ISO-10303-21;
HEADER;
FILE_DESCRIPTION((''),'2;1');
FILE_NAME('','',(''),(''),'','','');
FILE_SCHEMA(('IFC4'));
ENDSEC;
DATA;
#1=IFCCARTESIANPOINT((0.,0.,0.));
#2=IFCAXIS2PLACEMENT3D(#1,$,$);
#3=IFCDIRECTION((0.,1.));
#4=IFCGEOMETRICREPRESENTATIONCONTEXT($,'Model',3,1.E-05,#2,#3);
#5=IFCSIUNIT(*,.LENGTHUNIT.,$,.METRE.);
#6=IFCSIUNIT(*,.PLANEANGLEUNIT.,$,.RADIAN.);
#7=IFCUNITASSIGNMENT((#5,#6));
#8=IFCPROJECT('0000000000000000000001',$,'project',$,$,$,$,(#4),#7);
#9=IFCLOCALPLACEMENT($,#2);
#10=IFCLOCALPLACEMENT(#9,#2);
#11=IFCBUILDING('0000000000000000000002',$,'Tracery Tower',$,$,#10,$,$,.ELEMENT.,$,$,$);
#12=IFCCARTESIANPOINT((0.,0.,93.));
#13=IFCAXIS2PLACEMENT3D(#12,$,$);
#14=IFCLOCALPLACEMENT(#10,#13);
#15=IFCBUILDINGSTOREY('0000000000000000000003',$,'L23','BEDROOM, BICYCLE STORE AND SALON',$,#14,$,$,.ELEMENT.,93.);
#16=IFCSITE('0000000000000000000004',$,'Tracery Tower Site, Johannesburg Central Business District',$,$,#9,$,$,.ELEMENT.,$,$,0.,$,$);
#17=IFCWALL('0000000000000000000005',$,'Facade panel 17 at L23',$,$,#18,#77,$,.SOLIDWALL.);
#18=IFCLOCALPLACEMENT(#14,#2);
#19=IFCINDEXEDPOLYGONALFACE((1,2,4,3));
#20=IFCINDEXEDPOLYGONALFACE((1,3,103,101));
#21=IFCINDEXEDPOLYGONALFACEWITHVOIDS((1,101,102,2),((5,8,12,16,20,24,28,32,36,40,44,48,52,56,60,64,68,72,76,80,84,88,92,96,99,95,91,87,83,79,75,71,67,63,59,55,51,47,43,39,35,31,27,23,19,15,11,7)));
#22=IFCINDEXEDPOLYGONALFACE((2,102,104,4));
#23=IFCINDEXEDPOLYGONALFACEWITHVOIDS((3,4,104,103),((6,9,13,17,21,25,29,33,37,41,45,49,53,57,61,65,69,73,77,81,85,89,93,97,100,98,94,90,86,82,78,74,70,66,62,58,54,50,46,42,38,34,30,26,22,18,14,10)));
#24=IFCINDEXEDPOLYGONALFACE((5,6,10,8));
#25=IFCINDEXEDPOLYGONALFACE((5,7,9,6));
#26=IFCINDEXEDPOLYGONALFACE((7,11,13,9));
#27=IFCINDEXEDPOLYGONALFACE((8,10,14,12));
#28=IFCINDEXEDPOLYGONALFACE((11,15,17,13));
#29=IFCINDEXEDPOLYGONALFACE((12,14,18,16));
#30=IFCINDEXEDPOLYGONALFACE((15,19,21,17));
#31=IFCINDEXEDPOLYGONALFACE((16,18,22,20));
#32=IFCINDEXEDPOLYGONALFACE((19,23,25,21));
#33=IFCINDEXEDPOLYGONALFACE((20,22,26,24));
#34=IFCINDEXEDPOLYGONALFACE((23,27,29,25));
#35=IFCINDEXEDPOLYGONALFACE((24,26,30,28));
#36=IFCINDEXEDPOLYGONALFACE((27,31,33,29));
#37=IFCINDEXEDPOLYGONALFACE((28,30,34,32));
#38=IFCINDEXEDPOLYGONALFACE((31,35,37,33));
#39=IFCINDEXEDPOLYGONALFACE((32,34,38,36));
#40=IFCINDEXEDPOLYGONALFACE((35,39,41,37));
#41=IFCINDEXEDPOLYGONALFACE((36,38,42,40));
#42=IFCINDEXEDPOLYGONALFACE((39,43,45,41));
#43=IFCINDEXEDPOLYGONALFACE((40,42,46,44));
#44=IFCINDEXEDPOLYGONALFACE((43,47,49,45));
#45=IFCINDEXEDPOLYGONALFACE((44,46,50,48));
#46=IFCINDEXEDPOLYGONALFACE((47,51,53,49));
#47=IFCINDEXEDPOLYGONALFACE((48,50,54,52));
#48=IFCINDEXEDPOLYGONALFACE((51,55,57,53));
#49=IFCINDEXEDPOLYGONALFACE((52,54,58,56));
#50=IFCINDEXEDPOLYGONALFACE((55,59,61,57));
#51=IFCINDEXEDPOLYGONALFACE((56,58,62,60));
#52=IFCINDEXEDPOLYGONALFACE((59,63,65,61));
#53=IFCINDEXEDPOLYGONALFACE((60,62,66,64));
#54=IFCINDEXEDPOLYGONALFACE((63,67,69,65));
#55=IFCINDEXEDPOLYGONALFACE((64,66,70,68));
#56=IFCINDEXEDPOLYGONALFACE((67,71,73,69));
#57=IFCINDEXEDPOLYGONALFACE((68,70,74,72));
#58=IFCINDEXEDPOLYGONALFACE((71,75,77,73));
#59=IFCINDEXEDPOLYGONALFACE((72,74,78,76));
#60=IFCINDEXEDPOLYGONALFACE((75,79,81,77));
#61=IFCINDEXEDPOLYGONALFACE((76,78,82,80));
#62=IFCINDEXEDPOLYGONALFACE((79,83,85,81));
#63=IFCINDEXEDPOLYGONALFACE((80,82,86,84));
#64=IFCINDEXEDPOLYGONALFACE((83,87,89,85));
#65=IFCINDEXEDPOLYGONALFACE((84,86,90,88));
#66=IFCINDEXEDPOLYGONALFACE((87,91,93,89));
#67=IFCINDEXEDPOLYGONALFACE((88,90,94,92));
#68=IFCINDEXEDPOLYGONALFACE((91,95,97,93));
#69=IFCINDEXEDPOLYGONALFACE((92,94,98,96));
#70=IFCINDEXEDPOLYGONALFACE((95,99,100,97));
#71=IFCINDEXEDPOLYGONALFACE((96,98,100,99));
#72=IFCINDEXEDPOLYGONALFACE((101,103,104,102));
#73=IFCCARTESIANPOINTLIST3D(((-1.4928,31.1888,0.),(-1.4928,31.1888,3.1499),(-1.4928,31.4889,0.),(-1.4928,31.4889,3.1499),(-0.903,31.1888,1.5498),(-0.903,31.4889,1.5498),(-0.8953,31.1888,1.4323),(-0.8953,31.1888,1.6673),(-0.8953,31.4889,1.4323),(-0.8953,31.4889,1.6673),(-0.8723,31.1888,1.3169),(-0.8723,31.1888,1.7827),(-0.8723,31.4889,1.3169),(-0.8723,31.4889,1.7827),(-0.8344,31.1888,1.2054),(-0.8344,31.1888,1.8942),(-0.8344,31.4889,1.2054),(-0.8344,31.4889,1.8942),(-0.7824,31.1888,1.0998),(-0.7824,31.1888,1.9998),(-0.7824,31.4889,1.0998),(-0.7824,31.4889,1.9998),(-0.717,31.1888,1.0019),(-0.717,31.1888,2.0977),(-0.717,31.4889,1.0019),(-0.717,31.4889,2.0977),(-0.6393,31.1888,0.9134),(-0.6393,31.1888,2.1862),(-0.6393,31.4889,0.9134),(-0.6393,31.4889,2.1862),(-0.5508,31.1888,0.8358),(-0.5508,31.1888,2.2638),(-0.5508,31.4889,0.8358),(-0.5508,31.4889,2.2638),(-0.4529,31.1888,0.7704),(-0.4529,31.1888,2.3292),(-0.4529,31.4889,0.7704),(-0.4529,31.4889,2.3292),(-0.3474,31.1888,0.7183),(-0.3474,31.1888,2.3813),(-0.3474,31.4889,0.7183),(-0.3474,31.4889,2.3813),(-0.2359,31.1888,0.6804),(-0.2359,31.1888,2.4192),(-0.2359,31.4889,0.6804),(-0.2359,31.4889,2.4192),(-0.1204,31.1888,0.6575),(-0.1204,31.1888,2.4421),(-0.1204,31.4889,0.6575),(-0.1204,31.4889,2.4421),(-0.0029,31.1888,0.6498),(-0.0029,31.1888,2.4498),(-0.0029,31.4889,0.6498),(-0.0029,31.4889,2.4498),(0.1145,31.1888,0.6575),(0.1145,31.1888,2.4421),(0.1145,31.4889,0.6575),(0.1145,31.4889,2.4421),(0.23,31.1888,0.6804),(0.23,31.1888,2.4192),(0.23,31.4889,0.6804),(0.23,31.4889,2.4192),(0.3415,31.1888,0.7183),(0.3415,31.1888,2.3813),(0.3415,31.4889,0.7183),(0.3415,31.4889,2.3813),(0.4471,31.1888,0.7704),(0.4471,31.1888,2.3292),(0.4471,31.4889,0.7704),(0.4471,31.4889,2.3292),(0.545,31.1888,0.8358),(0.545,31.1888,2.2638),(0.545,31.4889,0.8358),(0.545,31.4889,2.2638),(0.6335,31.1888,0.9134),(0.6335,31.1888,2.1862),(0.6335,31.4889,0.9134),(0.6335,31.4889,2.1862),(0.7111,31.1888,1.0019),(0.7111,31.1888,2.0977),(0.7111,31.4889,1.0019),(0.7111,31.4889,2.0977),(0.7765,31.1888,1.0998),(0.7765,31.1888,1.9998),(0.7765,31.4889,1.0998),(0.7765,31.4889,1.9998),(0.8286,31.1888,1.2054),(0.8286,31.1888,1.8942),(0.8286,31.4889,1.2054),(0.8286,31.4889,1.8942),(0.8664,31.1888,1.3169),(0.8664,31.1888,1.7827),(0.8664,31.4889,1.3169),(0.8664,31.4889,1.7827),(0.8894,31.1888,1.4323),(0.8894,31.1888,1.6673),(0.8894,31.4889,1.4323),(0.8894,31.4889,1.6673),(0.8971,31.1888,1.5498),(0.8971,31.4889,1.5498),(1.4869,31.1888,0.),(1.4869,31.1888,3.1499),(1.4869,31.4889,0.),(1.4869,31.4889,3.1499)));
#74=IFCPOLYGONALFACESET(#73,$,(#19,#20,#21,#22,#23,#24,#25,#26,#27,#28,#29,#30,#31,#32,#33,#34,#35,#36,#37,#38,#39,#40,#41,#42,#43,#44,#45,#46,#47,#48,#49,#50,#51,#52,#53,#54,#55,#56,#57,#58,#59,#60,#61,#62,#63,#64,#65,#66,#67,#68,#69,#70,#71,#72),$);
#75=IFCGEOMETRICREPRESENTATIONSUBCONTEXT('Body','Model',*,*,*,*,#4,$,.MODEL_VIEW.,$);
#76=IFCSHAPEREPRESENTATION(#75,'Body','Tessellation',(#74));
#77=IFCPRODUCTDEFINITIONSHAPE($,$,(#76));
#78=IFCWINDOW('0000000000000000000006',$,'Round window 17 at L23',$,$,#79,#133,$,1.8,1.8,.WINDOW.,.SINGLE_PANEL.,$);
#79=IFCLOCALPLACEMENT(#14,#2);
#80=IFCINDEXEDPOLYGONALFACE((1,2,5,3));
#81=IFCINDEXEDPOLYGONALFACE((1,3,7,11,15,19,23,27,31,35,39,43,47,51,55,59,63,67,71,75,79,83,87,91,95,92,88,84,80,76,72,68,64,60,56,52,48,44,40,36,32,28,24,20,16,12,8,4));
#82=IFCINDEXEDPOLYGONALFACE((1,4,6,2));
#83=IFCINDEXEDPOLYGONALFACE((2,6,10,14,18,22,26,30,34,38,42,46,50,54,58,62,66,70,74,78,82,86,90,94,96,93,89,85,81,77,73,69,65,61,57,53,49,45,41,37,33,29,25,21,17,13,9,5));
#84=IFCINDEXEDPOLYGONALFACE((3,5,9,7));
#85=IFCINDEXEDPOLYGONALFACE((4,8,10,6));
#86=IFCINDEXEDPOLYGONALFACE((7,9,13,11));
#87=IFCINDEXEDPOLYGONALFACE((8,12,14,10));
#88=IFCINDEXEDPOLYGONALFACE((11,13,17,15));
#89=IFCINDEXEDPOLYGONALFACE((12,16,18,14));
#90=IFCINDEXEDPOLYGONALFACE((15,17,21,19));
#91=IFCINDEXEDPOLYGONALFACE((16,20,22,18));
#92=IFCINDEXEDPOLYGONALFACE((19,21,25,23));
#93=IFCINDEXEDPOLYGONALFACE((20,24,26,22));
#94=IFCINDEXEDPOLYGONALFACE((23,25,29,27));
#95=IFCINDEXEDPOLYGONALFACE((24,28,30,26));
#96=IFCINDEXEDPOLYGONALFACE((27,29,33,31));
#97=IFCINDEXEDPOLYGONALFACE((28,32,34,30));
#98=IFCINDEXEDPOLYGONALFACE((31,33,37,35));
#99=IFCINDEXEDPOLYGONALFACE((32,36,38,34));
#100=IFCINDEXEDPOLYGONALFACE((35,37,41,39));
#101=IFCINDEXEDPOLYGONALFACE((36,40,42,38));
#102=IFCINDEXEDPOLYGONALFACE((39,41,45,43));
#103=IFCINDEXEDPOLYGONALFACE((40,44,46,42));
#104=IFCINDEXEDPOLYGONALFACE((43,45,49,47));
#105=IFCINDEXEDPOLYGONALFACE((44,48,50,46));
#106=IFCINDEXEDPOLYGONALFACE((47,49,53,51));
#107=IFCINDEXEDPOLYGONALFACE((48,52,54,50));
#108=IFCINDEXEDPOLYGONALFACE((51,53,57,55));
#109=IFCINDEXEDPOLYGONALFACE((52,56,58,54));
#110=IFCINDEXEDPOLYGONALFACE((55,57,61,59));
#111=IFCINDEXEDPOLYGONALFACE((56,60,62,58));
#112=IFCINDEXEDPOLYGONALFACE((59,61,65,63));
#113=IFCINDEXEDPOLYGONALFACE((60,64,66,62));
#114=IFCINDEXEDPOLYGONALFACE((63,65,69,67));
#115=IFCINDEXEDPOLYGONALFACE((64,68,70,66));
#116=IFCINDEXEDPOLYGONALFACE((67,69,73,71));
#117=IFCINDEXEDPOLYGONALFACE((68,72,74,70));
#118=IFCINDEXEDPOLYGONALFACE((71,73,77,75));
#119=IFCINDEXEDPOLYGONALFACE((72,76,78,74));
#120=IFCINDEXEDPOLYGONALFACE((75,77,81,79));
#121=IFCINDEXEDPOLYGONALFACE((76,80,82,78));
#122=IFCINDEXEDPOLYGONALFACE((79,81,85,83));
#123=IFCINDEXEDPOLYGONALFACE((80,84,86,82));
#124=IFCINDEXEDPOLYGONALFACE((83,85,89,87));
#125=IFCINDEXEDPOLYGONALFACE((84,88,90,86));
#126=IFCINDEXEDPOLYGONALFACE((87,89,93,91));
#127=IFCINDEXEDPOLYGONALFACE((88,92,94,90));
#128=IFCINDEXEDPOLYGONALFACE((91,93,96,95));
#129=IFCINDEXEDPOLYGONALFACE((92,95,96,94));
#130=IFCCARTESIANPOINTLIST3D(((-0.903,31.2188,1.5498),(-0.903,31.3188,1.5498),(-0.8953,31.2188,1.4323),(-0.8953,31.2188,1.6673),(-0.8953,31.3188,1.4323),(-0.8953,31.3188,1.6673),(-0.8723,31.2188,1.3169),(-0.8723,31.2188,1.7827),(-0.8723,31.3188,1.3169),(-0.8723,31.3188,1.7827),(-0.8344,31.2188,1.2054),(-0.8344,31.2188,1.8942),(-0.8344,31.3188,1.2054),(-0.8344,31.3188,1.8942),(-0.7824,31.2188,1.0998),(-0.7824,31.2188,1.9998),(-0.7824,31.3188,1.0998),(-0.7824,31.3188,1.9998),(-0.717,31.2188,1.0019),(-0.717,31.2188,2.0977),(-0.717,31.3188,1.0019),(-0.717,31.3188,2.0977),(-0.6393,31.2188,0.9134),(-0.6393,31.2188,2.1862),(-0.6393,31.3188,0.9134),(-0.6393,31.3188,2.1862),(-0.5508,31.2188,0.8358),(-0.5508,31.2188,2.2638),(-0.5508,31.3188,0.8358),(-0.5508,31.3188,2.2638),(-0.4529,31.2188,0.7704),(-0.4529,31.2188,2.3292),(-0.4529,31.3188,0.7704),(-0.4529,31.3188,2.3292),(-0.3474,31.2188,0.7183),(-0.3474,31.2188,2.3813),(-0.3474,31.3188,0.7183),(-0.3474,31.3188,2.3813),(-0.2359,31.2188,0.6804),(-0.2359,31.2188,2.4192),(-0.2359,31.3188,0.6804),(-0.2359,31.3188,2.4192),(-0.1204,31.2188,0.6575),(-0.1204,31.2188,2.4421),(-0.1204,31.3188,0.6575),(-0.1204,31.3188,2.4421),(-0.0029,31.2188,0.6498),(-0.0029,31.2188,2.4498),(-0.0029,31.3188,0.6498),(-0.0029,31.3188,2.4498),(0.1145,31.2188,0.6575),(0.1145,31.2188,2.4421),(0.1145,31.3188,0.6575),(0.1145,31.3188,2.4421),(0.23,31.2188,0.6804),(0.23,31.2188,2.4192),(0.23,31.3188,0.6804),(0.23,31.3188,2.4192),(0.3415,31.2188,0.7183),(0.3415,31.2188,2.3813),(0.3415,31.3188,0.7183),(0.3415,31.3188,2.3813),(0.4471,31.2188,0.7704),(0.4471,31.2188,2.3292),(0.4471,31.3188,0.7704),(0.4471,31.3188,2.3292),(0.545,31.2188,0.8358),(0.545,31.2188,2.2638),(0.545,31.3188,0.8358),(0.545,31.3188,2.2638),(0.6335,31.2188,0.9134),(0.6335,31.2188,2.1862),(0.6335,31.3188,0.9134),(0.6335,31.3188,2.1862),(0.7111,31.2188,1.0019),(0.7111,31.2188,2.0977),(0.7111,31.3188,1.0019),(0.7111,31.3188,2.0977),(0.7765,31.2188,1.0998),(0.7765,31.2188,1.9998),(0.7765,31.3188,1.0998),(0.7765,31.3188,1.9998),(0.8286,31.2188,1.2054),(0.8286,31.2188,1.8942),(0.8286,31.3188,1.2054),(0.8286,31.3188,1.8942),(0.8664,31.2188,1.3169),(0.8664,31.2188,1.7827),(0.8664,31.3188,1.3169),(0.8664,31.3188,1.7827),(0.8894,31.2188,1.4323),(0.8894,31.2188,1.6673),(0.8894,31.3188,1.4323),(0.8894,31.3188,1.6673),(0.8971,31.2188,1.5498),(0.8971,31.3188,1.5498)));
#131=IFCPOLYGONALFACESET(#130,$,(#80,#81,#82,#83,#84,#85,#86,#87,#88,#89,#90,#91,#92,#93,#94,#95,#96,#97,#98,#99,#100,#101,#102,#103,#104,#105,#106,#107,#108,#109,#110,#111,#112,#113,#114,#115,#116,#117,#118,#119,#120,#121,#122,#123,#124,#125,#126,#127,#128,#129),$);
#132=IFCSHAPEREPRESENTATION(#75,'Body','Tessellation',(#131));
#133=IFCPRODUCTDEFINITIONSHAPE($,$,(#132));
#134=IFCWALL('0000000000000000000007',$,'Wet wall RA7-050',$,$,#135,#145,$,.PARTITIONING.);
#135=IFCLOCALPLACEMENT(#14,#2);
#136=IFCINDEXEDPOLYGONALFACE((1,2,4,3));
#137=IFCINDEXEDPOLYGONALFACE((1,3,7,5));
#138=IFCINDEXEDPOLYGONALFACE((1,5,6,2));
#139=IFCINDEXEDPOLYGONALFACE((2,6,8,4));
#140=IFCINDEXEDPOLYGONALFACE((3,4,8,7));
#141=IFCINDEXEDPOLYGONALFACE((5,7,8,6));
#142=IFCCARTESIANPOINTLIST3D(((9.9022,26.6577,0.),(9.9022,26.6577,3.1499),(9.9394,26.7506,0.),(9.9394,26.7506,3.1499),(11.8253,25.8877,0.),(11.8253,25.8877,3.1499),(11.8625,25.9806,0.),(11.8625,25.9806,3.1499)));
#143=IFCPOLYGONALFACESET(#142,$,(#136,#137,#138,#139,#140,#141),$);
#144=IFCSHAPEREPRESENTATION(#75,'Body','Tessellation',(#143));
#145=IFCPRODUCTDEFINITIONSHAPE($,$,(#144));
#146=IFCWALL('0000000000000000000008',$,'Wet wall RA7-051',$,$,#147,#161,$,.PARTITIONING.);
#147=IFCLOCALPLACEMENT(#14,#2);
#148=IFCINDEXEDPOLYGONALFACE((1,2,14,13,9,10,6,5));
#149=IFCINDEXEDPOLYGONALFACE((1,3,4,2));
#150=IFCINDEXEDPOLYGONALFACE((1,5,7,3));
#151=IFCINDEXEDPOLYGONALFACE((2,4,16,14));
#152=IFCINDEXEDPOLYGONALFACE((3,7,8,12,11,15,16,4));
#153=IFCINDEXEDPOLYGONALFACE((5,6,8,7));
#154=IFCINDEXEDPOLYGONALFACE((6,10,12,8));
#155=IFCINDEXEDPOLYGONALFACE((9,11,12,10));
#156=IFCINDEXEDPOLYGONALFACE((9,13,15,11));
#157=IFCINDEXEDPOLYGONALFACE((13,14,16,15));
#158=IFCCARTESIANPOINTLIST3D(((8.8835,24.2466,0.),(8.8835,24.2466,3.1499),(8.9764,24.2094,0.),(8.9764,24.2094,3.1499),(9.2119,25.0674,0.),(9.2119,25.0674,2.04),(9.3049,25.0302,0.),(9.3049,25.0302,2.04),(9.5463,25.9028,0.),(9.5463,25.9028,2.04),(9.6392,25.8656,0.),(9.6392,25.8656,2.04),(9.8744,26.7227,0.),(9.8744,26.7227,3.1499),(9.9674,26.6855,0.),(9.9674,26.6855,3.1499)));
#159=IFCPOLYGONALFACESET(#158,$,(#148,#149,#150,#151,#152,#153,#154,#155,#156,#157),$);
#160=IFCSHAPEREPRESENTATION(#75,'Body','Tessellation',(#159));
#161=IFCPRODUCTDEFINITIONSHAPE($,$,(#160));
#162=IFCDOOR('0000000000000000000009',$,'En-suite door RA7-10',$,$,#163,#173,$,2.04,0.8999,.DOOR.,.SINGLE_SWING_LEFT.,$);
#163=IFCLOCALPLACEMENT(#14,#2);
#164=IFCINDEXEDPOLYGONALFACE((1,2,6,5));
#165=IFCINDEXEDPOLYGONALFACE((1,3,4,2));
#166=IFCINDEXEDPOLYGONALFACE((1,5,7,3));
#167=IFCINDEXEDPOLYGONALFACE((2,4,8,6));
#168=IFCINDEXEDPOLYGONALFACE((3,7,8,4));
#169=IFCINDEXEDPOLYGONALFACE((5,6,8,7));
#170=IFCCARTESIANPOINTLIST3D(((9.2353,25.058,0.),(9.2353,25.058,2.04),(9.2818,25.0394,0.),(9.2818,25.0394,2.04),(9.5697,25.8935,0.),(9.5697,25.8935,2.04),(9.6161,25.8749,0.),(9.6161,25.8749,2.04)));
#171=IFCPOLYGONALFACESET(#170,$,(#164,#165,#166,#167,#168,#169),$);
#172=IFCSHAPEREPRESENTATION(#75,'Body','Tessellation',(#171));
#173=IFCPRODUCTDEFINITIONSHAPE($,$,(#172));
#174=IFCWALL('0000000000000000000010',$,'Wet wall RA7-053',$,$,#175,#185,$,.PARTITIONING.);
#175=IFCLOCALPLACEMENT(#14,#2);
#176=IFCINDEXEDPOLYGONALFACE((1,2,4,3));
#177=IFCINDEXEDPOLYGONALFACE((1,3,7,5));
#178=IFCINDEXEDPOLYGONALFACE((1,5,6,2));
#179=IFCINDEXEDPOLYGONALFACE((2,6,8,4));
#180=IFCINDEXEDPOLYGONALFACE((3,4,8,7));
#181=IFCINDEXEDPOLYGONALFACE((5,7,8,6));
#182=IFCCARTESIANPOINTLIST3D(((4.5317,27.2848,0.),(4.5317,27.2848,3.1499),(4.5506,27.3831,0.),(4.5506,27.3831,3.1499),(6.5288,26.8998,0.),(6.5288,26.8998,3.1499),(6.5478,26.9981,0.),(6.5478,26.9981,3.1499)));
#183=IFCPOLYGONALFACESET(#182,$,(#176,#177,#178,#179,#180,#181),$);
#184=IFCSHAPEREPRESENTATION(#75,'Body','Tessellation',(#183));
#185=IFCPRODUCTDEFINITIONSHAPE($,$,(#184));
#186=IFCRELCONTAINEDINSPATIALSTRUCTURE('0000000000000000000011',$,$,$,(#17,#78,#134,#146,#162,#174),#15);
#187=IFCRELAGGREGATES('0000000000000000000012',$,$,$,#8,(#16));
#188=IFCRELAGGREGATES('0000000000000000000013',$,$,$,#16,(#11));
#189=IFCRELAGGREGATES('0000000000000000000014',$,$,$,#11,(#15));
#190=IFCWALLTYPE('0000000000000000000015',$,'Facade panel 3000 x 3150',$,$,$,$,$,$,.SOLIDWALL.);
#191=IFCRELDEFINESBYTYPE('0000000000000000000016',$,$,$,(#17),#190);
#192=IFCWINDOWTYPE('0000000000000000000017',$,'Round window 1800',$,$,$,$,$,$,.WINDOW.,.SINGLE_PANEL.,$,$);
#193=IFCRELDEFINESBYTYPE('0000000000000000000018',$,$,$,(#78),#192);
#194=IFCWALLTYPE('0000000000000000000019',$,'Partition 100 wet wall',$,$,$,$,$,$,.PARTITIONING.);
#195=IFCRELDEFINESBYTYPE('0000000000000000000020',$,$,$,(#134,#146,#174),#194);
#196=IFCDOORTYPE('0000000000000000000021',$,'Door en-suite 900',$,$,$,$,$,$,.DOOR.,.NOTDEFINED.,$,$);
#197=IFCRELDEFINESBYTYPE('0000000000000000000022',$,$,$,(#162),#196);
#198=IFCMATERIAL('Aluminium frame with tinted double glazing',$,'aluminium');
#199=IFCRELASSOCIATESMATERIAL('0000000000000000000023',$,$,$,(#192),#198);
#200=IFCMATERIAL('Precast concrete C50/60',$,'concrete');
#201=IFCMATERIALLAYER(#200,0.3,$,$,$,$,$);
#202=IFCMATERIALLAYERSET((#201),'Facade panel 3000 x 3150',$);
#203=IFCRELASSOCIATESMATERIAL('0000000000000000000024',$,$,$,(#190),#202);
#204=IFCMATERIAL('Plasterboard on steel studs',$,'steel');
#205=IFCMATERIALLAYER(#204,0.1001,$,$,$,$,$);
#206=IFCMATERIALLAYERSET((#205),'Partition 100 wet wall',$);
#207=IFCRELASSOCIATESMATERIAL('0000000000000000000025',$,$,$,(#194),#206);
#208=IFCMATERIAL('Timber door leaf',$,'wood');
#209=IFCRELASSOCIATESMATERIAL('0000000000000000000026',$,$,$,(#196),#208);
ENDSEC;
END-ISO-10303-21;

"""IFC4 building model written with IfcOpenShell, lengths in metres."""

from ifc_helpers import new_model, si_unit, direction, frame, frame_2d, origin, origin_2d, place, context, subcontext, project, spatial, rectangle, circle, extrude, material, layer, layer_set, type_object, element, fill, save


model = new_model("IFC4")

# Units and contexts
model_context = context("Model", 3, precision=1e-05, world=origin(), true_north=direction((0.0, 1.0)))
body_context = subcontext(model_context, "Body", "Model", "MODEL_VIEW")
ifc_project = project(units=[si_unit("LENGTHUNIT", "METRE"), si_unit("PLANEANGLEUNIT", "RADIAN")], contexts=[model_context])

# Site, building, storey
site_placement = place(None, origin())
site = spatial("IfcSite", under=ifc_project, at=site_placement, Name="Tracery Tower Site, Johannesburg Central Business District", CompositionType="ELEMENT", RefElevation=0.0)
building_placement = place(site_placement, origin())
building = spatial("IfcBuilding", under=site, at=building_placement, Name="Tracery Tower", CompositionType="ELEMENT")
storey_placement = place(building_placement, frame((0.0, 0.0, 93.0)))
storey = spatial("IfcBuildingStorey", under=building, at=storey_placement, Name="L23", Description="BEDROOM, BICYCLE STORE AND SALON", CompositionType="ELEMENT", Elevation=93.0)

# Wall, opening, window
ifc_material_1 = material(Name="Aluminium frame with tinted double glazing", Category="aluminium")
window_type = type_object("IfcWindowType", Name="Round window 1800", PartitioningType="SINGLE_PANEL", PredefinedType="WINDOW", material=ifc_material_1)
ifc_material_2 = material(Name="Precast concrete C50/60", Category="concrete")
ifc_layer_1 = layer(ifc_material_2, 0.3)
ifc_layer_set_1 = layer_set([ifc_layer_1], Name="Facade panel 3000 x 3150")
wall_type_1 = type_object("IfcWallType", Name="Facade panel 3000 x 3150", PredefinedType="SOLIDWALL", material=ifc_layer_set_1)
wall_1_placement = place(storey_placement, frame((1.4868, 31.3389, 0.0), z_axis=(0.0, 0.0, 1.0), x_axis=(-1.0, 0.0, 0.0)))
wall_1 = element("IfcWall", 1, at=wall_1_placement, inside=storey, type_object=wall_type_1, Name="Facade panel 17 at L23", PredefinedType="SOLIDWALL", context=body_context, shape_type="SweptSolid", body=[
    extrude(rectangle(XDim=2.9797, YDim=0.3, at=frame_2d((1.4897, 0.0))), origin(), (0.0, 0.0, 1.0), 3.1499),
])
opening_1_placement = place(wall_1_placement, frame((1.4897, 0.0, 1.5498)))
opening_1 = element("IfcOpeningElement", 2, at=opening_1_placement, cuts=wall_1, PredefinedType="OPENING", context=body_context, shape_type="SweptSolid", body=[
    extrude(circle(Radius=0.9, at=origin_2d()), frame((0.0, 0.1599, 0.0), z_axis=(0.0, -1.0, 0.0), x_axis=(1.0, 0.0, 0.0)), (0.0, 0.0, 1.0), 0.3201),
])
window_1_placement = place(opening_1_placement, origin())
window_1 = element("IfcWindow", 3, at=window_1_placement, inside=storey, type_object=window_type, Name="Round window 17 at L23", OverallHeight=1.8, OverallWidth=1.8, PartitioningType="SINGLE_PANEL", PredefinedType="WINDOW", context=body_context, shape_type="SweptSolid", body=[
    extrude(circle(Radius=0.9, at=origin_2d()), frame((0.0, 0.1201, 0.0), z_axis=(0.0, -1.0, 0.0), x_axis=(1.0, 0.0, 0.0)), (0.0, 0.0, 1.0), 0.1001),
])
fill(opening_1, window_1)

# Wall
ifc_material_3 = material(Name="Plasterboard on steel studs", Category="steel")
ifc_layer_2 = layer(ifc_material_3, 0.1001)
ifc_layer_set_2 = layer_set([ifc_layer_2], Name="Partition 100 wet wall")
wall_type_2 = type_object("IfcWallType", Name="Partition 100 wet wall", PredefinedType="PARTITIONING", material=ifc_layer_set_2)
wall_2_placement = place(storey_placement, frame((9.9209, 26.7041, 0.0), z_axis=(0.0, 0.0, 1.0), x_axis=(0.928347, -0.371716, 0.0)))
element("IfcWall", 4, at=wall_2_placement, inside=storey, type_object=wall_type_2, Name="Wet wall RA7-050", PredefinedType="PARTITIONING", context=body_context, shape_type="SweptSolid", body=[
    extrude(rectangle(XDim=2.0715, YDim=0.1001, at=frame_2d((1.0356, 0.0))), origin(), (0.0, 0.0, 1.0), 3.1499),
])

# Wall, opening, door
wall_3_placement = place(storey_placement, frame((8.9299, 24.228, 0.0), z_axis=(0.0, 0.0, 1.0), x_axis=(0.371564, 0.928407, 0.0)))
wall_3 = element("IfcWall", 5, at=wall_3_placement, inside=storey, type_object=wall_type_2, Name="Wet wall RA7-051", PredefinedType="PARTITIONING", context=body_context, shape_type="SweptSolid", body=[
    extrude(rectangle(XDim=2.667, YDim=0.1001, at=frame_2d((1.3335, 0.0))), origin(), (0.0, 0.0, 1.0), 3.1499),
])
opening_2_placement = place(wall_3_placement, frame((0.884, 0.0, 0.0)))
opening_2 = element("IfcOpeningElement", 6, at=opening_2_placement, cuts=wall_3, PredefinedType="OPENING", context=body_context, shape_type="SweptSolid", body=[
    extrude(rectangle(XDim=0.8999, YDim=2.04, at=frame_2d((0.45, 1.02))), frame((0.0, 0.05, 0.0), z_axis=(0.0, -1.0, 0.0), x_axis=(1.0, 0.0, 0.0)), (0.0, 0.0, 1.0), 0.1001),
])
ifc_material_4 = material(Name="Timber door leaf", Category="wood")
door_type = type_object("IfcDoorType", Name="Door en-suite 900", OperationType="NOTDEFINED", PredefinedType="DOOR", material=ifc_material_4)
door_1_placement = place(opening_2_placement, origin())
door_1 = element("IfcDoor", 7, at=door_1_placement, inside=storey, type_object=door_type, Name="En-suite door RA7-10", OperationType="SINGLE_SWING_LEFT", OverallHeight=2.04, OverallWidth=0.8999, PredefinedType="DOOR", context=body_context, shape_type="SweptSolid", body=[
    extrude(rectangle(XDim=0.8999, YDim=2.04, at=frame_2d((0.45, 1.02))), frame((0.0, 0.0249, 0.0), z_axis=(0.0, -1.0, 0.0), x_axis=(1.0, 0.0, 0.0)), (0.0, 0.0, 1.0), 0.05),
])
fill(opening_2, door_1)

# Wall
wall_4_placement = place(storey_placement, frame((4.541, 27.334, 0.0), z_axis=(0.0, 0.0, 1.0), x_axis=(0.981919, -0.189302, 0.0)))
element("IfcWall", 8, at=wall_4_placement, inside=storey, type_object=wall_type_2, Name="Wet wall RA7-053", PredefinedType="PARTITIONING", context=body_context, shape_type="SweptSolid", body=[
    extrude(rectangle(XDim=2.0339, YDim=0.1001, at=frame_2d((1.0171, 0.0))), origin(), (0.0, 0.0, 1.0), 3.1499),
])

save(model, "model.ifc")
